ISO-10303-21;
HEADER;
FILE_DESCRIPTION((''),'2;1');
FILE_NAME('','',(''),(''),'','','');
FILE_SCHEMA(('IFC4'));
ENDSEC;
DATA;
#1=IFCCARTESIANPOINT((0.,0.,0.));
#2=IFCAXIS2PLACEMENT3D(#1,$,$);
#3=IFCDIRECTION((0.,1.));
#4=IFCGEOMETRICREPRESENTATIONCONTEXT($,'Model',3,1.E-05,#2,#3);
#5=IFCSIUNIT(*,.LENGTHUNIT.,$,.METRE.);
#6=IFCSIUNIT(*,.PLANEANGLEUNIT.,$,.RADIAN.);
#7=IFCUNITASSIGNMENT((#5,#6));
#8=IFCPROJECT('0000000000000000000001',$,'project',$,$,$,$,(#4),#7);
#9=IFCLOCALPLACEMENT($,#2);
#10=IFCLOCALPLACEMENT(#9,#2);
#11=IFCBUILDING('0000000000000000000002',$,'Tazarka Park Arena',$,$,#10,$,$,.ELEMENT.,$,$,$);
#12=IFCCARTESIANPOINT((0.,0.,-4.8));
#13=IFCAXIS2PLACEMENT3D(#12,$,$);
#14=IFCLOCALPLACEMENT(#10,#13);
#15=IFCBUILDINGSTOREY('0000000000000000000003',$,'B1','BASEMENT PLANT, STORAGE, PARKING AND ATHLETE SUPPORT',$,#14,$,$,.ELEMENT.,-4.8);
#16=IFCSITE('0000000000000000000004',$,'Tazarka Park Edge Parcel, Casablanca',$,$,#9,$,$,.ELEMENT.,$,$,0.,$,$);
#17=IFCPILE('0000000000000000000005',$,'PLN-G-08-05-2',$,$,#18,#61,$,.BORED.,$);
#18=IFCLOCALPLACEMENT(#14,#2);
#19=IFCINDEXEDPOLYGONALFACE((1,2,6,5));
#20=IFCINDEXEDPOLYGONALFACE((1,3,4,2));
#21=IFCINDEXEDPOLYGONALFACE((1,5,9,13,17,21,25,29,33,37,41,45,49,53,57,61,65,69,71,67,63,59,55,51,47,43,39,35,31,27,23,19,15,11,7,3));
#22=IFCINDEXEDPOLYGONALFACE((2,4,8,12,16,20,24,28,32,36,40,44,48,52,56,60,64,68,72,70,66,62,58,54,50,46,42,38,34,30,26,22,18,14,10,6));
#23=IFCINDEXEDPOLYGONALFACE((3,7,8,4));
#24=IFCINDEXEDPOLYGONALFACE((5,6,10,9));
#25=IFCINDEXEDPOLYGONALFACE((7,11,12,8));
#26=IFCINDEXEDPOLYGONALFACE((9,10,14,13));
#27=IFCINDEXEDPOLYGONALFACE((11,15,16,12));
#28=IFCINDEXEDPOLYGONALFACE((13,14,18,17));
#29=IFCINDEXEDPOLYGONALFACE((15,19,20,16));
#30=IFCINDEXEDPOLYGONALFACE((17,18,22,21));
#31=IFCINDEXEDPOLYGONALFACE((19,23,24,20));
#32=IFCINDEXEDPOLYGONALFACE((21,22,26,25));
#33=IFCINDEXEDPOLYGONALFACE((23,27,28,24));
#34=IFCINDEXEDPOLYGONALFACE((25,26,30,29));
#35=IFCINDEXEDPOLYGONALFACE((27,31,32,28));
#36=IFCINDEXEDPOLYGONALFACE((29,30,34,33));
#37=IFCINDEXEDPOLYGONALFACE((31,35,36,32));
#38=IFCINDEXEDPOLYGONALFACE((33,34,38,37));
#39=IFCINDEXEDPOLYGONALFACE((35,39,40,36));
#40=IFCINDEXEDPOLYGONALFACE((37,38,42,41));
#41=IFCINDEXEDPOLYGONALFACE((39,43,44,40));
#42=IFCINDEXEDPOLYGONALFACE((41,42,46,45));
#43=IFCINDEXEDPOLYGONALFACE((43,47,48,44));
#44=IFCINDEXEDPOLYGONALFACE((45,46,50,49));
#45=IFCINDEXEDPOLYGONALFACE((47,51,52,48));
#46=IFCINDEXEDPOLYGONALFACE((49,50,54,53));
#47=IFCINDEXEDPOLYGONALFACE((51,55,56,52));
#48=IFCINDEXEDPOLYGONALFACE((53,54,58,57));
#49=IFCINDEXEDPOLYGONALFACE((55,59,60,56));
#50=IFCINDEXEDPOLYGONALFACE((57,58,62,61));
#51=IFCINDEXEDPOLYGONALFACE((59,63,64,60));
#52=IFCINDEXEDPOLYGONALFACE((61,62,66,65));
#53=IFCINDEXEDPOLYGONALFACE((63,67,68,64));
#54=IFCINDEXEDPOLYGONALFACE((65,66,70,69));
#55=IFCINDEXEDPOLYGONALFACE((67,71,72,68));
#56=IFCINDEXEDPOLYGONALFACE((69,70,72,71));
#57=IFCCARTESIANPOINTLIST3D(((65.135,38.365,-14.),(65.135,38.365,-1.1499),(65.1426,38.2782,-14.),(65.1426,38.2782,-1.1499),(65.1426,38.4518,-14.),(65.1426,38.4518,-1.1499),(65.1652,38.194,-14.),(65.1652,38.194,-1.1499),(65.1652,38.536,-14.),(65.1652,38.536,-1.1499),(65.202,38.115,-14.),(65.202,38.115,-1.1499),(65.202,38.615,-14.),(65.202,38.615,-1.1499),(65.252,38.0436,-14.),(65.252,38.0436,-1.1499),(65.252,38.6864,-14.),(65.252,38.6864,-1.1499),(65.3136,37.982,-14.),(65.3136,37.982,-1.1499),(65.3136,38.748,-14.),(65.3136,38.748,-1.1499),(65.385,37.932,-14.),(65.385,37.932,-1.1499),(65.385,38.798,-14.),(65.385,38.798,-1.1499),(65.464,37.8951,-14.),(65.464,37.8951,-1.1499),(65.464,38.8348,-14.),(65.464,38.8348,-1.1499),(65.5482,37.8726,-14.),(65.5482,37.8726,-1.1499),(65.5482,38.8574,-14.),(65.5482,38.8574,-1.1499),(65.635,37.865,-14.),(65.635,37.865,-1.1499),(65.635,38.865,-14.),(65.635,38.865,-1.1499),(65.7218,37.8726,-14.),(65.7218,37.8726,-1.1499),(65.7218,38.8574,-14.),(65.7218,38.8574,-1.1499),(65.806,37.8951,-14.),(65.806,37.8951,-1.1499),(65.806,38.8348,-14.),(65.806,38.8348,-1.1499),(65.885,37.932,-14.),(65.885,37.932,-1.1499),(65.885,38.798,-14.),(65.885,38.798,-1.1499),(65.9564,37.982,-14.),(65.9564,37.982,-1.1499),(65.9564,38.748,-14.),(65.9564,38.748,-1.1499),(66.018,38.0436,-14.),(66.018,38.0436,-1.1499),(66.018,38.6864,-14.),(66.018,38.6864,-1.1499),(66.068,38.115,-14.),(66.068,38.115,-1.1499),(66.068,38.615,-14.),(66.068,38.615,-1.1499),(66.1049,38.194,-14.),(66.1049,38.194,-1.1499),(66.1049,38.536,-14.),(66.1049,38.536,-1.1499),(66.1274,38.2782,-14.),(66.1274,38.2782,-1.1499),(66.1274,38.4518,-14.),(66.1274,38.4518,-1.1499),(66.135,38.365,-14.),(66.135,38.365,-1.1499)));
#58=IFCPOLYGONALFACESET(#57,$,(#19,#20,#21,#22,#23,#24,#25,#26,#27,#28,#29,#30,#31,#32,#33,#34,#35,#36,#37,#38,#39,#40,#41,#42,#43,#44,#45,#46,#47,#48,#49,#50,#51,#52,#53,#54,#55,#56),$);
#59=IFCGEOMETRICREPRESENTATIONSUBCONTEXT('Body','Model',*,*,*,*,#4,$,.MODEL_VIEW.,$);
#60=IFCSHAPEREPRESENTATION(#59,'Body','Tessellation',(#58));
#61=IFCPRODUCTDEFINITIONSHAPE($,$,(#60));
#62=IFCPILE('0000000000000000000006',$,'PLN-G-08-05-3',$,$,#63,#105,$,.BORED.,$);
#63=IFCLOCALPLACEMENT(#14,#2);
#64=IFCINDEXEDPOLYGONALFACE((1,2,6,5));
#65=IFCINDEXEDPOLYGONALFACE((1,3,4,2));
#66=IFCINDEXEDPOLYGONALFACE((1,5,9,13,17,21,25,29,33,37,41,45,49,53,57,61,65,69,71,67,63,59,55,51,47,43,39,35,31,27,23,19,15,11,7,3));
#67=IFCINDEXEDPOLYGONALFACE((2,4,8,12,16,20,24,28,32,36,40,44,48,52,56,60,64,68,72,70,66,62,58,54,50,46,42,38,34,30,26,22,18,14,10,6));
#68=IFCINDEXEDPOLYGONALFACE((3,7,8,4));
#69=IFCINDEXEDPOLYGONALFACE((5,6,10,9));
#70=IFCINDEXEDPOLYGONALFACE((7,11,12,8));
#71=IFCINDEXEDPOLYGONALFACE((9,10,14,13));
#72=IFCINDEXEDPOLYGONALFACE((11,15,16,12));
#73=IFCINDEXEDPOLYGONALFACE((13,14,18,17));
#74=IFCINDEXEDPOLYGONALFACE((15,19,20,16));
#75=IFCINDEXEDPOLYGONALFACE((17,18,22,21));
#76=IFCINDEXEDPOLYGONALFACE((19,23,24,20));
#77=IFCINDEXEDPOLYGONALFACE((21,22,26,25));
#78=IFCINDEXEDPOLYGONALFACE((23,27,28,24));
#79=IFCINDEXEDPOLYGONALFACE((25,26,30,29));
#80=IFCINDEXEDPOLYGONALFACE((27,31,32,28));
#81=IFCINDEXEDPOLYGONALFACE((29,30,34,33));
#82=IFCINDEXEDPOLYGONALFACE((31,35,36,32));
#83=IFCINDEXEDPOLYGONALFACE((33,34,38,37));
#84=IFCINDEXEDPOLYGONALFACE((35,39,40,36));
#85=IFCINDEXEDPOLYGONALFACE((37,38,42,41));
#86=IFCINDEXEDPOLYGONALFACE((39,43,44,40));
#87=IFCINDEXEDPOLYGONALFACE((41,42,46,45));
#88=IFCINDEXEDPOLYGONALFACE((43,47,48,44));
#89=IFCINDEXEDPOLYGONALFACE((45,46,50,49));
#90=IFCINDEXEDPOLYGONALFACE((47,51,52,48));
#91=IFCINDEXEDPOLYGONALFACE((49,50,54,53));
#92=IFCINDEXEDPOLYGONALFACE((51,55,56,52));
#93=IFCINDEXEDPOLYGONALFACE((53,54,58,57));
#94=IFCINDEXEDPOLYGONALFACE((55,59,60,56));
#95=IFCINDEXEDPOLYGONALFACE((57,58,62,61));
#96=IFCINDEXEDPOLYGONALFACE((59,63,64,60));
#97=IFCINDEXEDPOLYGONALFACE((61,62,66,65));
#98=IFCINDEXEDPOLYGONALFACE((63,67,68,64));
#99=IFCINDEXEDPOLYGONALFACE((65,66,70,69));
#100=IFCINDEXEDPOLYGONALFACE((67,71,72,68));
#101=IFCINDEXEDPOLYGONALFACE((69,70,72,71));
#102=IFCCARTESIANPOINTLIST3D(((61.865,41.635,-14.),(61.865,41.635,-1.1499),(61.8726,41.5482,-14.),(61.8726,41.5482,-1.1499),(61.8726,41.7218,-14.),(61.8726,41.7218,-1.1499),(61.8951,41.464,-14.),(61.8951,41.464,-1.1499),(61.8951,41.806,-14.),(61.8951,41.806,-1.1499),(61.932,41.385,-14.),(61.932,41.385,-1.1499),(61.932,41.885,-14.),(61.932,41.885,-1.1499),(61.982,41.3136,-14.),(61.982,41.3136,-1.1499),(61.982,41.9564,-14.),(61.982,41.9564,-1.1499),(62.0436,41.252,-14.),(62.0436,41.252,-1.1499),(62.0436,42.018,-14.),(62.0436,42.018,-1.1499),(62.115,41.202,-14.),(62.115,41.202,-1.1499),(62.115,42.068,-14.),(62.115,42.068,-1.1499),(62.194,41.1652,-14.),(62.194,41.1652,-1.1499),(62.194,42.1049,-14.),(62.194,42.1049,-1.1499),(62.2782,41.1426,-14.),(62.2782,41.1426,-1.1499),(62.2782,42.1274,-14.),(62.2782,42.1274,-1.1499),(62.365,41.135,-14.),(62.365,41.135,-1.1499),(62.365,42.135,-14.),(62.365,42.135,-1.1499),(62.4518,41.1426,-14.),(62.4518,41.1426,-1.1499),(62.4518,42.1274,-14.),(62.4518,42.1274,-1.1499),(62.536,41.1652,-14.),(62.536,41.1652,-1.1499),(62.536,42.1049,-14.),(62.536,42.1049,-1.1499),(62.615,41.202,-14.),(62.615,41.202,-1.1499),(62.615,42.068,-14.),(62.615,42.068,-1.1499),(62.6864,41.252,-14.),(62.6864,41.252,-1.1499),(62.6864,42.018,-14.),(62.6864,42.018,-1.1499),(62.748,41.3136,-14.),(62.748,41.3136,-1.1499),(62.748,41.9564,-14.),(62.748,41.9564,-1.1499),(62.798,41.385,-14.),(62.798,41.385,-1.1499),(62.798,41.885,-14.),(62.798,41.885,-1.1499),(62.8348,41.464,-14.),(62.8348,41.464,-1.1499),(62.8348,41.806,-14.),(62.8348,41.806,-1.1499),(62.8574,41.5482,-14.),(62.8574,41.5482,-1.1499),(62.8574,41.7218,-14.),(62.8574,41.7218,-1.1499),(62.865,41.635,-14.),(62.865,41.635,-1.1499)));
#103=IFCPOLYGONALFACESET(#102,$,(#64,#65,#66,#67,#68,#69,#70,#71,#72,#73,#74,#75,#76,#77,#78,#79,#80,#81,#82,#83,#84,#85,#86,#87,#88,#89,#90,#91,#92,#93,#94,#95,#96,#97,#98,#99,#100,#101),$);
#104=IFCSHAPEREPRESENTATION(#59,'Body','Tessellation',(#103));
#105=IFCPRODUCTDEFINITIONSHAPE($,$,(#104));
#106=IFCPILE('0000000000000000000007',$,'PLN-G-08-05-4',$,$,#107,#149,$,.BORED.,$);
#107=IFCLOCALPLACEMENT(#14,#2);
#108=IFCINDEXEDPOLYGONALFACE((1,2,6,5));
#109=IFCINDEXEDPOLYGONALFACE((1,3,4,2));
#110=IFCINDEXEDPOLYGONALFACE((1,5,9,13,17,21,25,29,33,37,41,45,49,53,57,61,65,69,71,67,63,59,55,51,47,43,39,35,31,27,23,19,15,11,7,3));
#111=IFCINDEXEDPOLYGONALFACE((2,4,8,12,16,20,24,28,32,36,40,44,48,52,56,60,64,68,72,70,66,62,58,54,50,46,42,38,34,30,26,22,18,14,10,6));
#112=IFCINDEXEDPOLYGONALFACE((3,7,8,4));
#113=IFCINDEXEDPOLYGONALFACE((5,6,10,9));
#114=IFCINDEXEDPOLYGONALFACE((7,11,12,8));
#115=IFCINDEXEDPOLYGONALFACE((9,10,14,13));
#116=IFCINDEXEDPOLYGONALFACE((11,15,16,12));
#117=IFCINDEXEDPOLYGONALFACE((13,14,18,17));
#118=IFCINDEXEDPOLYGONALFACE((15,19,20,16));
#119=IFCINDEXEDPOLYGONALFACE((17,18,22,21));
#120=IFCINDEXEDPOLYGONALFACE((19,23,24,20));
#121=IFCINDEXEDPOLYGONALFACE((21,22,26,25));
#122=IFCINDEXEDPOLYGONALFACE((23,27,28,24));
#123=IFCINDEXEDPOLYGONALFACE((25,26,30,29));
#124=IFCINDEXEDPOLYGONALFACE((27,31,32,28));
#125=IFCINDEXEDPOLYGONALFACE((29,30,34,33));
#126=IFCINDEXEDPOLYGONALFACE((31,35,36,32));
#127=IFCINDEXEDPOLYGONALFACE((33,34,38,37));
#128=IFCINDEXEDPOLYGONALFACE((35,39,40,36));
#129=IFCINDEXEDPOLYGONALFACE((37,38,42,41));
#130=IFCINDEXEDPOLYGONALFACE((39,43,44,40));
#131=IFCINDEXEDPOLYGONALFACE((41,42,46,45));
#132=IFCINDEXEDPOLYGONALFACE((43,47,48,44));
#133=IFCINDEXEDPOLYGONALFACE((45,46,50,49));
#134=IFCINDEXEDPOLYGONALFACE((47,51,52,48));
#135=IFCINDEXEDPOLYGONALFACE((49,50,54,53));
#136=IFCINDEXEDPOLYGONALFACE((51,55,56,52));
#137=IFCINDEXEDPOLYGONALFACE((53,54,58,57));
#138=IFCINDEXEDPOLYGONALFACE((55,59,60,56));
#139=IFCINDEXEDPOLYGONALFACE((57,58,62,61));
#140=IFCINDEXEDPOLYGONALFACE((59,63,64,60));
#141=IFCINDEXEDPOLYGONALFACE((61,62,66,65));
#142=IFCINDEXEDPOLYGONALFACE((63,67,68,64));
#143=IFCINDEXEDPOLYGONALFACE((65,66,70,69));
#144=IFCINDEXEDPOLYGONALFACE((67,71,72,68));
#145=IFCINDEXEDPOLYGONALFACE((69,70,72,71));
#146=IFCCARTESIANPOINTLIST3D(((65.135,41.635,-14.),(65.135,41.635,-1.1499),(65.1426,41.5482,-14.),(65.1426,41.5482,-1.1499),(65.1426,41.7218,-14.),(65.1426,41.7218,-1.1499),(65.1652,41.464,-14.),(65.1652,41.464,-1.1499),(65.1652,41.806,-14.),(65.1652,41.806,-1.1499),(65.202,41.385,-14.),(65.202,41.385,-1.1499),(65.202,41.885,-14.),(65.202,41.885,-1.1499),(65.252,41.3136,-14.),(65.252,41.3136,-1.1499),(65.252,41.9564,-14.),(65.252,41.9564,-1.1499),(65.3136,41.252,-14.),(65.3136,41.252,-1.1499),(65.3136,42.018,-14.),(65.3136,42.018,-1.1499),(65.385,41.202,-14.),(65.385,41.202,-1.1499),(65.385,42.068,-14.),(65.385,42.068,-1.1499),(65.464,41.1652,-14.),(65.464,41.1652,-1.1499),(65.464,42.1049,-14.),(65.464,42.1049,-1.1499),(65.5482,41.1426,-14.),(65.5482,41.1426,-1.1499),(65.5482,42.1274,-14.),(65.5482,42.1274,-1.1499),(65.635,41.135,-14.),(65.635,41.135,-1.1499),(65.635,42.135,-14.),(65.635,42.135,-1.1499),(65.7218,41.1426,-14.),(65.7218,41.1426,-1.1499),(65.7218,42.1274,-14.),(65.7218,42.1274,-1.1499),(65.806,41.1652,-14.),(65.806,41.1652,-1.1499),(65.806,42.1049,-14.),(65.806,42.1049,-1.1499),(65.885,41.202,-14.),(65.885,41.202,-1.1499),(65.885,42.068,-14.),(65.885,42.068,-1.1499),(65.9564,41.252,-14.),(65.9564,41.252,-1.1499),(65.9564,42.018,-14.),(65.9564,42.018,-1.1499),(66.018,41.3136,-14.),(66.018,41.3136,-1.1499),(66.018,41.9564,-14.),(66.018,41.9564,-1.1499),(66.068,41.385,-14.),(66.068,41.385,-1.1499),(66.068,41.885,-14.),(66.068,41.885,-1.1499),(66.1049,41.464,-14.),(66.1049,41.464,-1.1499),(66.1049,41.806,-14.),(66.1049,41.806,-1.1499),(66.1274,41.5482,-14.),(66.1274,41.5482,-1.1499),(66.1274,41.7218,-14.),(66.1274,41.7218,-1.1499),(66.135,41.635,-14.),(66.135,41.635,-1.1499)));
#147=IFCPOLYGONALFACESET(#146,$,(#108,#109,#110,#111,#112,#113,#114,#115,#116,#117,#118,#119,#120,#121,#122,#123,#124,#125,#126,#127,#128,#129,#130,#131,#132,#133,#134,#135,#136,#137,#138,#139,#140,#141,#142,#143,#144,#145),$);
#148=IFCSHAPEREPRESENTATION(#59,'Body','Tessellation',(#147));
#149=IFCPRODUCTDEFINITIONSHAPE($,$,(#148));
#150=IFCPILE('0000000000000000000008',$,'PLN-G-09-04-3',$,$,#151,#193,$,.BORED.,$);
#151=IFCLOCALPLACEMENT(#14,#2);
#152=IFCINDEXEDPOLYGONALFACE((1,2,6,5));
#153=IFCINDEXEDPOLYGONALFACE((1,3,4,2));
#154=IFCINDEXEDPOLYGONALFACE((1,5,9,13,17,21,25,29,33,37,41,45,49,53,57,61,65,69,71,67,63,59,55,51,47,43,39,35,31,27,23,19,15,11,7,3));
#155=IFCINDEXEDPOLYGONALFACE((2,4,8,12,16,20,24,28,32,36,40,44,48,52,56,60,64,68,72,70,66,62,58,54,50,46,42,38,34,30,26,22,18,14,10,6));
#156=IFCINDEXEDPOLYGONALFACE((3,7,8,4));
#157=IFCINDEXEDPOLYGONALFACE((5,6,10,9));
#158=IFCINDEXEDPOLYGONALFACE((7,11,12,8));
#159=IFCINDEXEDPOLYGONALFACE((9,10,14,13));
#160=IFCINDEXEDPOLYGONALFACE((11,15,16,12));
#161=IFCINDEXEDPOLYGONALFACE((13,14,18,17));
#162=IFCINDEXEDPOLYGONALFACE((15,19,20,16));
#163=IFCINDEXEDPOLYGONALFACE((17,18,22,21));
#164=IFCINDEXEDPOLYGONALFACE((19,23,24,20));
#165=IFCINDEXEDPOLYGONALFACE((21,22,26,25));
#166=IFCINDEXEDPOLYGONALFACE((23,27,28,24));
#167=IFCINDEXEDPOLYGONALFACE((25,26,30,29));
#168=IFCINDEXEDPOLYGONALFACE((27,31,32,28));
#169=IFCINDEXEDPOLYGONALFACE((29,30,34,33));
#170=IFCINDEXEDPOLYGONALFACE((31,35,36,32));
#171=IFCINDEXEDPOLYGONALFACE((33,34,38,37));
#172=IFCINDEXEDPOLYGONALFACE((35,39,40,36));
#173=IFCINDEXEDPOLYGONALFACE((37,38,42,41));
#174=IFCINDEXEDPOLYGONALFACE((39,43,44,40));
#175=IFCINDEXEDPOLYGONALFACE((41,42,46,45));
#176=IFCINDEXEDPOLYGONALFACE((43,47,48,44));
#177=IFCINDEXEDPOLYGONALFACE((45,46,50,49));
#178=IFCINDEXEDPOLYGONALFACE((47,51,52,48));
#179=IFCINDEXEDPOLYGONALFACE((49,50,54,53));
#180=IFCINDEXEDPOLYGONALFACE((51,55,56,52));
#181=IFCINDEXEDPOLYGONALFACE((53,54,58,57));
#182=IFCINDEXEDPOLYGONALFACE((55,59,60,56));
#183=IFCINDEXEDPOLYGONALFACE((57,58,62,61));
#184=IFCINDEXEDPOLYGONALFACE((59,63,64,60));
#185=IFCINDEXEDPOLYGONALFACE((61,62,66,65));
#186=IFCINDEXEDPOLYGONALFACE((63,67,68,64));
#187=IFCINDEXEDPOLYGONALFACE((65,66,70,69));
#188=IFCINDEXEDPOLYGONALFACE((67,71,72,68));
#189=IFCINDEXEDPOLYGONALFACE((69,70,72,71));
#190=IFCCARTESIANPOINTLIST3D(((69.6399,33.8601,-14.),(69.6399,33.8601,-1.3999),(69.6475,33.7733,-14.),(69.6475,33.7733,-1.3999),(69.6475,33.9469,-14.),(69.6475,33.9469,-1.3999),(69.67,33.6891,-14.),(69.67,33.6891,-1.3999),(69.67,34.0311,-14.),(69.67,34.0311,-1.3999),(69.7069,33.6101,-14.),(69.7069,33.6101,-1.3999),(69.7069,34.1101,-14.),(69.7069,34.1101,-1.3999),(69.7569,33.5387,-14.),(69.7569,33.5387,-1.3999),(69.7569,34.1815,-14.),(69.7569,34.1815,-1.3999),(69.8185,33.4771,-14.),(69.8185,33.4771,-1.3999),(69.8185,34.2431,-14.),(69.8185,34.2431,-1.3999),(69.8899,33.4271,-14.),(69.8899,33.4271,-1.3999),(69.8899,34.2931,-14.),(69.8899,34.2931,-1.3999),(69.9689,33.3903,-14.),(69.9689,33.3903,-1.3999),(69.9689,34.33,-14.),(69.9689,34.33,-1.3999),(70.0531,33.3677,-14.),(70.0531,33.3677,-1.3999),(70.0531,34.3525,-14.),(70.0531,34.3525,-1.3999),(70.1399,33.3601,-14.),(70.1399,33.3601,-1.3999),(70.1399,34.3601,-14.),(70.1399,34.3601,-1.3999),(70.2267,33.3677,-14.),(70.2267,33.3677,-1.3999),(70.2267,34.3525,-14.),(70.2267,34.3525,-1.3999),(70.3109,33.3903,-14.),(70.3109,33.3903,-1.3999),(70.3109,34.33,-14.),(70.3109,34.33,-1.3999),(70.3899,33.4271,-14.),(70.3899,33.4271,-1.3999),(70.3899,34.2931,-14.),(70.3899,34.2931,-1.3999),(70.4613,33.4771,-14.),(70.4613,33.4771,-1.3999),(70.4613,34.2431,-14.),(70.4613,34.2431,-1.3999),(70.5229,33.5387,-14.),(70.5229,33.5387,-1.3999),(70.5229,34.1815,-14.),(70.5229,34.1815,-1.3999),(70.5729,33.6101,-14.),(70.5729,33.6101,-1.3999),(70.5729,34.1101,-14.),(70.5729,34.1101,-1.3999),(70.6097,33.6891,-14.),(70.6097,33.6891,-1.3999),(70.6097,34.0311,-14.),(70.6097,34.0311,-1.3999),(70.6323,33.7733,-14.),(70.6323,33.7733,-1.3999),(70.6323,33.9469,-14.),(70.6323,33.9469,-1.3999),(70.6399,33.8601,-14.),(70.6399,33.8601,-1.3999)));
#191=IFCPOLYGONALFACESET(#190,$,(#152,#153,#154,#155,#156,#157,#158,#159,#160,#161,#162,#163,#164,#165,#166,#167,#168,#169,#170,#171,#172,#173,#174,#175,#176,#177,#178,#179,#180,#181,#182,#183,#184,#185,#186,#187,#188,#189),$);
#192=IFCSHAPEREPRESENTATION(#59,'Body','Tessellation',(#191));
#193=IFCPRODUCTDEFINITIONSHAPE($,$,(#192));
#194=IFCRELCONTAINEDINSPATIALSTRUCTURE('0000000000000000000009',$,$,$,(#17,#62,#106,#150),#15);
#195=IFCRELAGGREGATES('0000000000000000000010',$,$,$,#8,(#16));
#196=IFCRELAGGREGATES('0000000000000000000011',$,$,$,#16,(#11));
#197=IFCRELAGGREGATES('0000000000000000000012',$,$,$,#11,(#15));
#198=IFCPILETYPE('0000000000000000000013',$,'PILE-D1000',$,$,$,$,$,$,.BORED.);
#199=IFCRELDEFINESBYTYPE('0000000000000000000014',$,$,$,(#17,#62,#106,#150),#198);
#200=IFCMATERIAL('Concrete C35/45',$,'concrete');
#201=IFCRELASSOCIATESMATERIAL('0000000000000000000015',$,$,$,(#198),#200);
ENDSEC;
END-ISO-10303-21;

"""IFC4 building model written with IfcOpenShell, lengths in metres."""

from ifc_helpers import new_model, si_unit, direction, frame, origin, origin_2d, place, context, subcontext, project, spatial, circle, extrude, material, material_profile, profile_set, type_object, element, save


model = new_model("IFC4")

# Units and contexts
model_context = context("Model", 3, precision=1e-05, world=origin(), true_north=direction((0.0, 1.0)))
body_context = subcontext(model_context, "Body", "Model", "MODEL_VIEW")
ifc_project = project(units=[si_unit("LENGTHUNIT", "METRE"), si_unit("PLANEANGLEUNIT", "RADIAN")], contexts=[model_context])

# Site, building, storey
site_placement = place(None, origin())
site = spatial("IfcSite", under=ifc_project, at=site_placement, Name="Tazarka Park Edge Parcel, Casablanca", CompositionType="ELEMENT", RefElevation=0.0)
building_placement = place(site_placement, origin())
building = spatial("IfcBuilding", under=site, at=building_placement, Name="Tazarka Park Arena", CompositionType="ELEMENT")
storey_placement = place(building_placement, frame((0.0, 0.0, -4.8)))
storey = spatial("IfcBuildingStorey", under=building, at=storey_placement, Name="B1", Description="BASEMENT PLANT, STORAGE, PARKING AND ATHLETE SUPPORT", CompositionType="ELEMENT", Elevation=-4.8)

# Piles
ifc_material_1 = material(Name="Concrete C35/45", Category="concrete")
ifc_material_profile_1 = material_profile(ifc_material_1, circle(Radius=0.5, at=origin_2d()), Name="Concrete C35/45")
ifc_profile_set_1 = profile_set([ifc_material_profile_1], Name="Concrete C35/45")
pile_type_1 = type_object("IfcPileType", Name="PILE-D1000", PredefinedType="BORED", material=ifc_profile_set_1)
for number, where, z_axis, x_axis, name in (
    (1, (65.635, 38.365, -1.1499), (0.0, 0.0, -1.0), (1.0, 0.0, 0.0), "PLN-G-08-05-2"),
    (2, (62.365, 41.635, -1.1499), (0.0, 0.0, -1.0), (1.0, 0.0, 0.0), "PLN-G-08-05-3"),
    (3, (65.635, 41.635, -1.1499), (0.0, 0.0, -1.0), (1.0, 0.0, 0.0), "PLN-G-08-05-4"),
):
    element("IfcPile", number, at=place(storey_placement, frame(where, z_axis=z_axis, x_axis=x_axis)), inside=storey, type_object=pile_type_1, Name=name, PredefinedType="BORED", context=body_context, shape_type="SweptSolid", body=[
        extrude(circle(Radius=0.5, at=origin_2d()), origin(), (0.0, 0.0, 1.0), 12.8501),
    ])
pile_1_placement = place(storey_placement, frame((70.1399, 33.8601, -1.3999), z_axis=(0.0, 0.0, -1.0), x_axis=(1.0, 0.0, 0.0)))
element("IfcPile", 4, at=pile_1_placement, inside=storey, type_object=pile_type_1, Name="PLN-G-09-04-3", PredefinedType="BORED", context=body_context, shape_type="SweptSolid", body=[
    extrude(circle(Radius=0.5, at=origin_2d()), origin(), (0.0, 0.0, 1.0), 12.6001),
])

save(model, "model.ifc")
